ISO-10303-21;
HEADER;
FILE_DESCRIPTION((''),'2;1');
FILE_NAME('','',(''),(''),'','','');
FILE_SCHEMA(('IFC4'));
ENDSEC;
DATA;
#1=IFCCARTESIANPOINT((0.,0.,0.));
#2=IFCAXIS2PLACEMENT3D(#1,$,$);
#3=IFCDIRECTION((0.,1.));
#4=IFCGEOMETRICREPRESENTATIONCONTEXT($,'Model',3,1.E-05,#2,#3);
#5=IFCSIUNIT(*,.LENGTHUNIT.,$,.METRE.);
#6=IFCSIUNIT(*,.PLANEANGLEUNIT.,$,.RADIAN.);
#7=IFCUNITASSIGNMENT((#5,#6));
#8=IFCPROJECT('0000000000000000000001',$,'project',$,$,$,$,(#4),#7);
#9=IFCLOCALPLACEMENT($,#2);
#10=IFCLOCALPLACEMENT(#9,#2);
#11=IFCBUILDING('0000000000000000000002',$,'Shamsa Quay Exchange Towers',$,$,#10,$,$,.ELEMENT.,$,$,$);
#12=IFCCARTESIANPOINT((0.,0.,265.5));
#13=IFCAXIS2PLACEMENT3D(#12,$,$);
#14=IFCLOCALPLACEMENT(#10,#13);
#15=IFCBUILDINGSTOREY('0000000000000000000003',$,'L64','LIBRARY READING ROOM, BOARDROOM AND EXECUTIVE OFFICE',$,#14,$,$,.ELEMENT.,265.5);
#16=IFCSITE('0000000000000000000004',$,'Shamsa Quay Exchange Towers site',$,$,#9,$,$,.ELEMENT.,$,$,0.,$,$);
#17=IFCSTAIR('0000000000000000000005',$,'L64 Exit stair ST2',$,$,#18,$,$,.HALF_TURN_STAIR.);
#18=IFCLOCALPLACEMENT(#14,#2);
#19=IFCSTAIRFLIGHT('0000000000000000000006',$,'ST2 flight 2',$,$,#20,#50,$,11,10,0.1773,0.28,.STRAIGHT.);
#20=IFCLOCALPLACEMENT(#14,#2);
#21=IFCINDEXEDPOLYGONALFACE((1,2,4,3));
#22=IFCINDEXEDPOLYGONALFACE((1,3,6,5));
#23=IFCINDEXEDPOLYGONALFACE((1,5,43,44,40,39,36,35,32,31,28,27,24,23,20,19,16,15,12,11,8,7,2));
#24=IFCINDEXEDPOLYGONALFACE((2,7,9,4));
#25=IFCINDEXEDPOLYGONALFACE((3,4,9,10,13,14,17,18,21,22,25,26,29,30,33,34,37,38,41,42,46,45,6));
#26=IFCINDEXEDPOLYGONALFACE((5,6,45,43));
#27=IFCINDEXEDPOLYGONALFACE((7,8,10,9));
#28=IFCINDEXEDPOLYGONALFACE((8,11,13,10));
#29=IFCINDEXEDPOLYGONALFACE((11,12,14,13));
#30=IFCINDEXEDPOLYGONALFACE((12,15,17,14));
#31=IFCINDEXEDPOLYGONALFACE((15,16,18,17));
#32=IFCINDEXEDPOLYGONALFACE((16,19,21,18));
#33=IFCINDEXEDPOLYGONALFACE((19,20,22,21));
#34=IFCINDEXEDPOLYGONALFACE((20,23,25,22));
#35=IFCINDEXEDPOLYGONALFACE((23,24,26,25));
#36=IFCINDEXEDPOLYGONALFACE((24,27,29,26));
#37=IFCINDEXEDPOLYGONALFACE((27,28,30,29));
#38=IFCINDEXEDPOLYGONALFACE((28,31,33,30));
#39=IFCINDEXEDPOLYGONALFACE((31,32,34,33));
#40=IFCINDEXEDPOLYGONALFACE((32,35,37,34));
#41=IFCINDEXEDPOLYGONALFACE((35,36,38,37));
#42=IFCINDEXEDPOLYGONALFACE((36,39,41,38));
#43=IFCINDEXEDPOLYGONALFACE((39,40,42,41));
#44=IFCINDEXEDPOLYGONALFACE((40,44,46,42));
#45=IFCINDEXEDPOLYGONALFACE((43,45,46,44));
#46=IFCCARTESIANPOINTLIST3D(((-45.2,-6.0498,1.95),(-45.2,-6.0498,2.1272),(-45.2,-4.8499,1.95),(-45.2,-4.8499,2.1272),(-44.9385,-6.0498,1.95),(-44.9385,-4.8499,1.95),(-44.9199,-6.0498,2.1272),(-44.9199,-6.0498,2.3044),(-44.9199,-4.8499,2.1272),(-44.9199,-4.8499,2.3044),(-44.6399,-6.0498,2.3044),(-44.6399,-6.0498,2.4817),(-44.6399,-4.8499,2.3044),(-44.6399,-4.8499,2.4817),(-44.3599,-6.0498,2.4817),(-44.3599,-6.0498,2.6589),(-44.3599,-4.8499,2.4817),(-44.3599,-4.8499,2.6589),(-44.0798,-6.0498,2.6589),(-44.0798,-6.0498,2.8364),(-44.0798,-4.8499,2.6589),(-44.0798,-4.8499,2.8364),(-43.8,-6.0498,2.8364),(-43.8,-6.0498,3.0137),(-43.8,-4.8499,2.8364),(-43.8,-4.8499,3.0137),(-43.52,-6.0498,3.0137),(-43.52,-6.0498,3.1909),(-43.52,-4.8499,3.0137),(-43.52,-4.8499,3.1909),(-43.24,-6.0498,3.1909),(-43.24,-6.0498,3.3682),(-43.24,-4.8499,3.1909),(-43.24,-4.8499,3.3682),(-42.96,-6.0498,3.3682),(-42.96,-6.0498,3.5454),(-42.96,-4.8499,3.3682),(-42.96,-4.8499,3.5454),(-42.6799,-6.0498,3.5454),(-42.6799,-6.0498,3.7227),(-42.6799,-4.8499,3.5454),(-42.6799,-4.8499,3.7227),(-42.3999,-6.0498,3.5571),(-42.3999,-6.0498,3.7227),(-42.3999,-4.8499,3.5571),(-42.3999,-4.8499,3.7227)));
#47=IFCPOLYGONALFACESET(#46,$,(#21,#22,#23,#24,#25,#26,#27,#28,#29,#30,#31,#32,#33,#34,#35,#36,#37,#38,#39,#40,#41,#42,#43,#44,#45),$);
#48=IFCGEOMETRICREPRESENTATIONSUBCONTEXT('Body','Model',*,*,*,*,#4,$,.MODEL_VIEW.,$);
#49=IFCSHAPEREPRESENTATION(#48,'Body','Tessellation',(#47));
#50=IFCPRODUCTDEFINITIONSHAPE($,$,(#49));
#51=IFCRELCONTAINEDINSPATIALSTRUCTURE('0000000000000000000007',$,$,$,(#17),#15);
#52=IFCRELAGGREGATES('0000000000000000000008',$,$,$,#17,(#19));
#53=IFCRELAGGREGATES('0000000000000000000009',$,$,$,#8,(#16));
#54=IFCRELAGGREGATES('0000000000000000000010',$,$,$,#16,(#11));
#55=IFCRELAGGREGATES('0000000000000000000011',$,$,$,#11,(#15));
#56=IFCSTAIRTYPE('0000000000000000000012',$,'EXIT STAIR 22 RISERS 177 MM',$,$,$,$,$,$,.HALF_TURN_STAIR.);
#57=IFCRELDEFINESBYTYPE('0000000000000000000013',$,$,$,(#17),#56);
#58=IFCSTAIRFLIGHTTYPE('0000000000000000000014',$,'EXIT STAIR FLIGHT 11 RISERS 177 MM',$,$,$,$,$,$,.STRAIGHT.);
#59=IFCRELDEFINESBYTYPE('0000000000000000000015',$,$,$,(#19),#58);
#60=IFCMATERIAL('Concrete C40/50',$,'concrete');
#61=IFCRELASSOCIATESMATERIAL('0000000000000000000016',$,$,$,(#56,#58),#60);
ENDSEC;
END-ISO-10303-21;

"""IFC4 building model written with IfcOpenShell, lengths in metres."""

from ifc_helpers import new_model, si_unit, direction, frame, origin, place, context, subcontext, project, spatial, polyline, outline, extrude, material, type_object, element, aggregate, save


model = new_model("IFC4")

# Units and contexts
model_context = context("Model", 3, precision=1e-05, world=origin(), true_north=direction((0.0, 1.0)))
body_context = subcontext(model_context, "Body", "Model", "MODEL_VIEW")
ifc_project = project(units=[si_unit("LENGTHUNIT", "METRE"), si_unit("PLANEANGLEUNIT", "RADIAN")], contexts=[model_context])

# Site, building, storey
site_placement = place(None, origin())
site = spatial("IfcSite", under=ifc_project, at=site_placement, Name="Shamsa Quay Exchange Towers site", CompositionType="ELEMENT", RefElevation=0.0)
building_placement = place(site_placement, origin())
building = spatial("IfcBuilding", under=site, at=building_placement, Name="Shamsa Quay Exchange Towers", CompositionType="ELEMENT")
storey_placement = place(building_placement, frame((0.0, 0.0, 265.5)))
storey = spatial("IfcBuildingStorey", under=building, at=storey_placement, Name="L64", Description="LIBRARY READING ROOM, BOARDROOM AND EXECUTIVE OFFICE", CompositionType="ELEMENT", Elevation=265.5)

# Stair, stair flight
ifc_material_1 = material(Name="Concrete C40/50", Category="concrete")
stair_type = type_object("IfcStairType", Name="EXIT STAIR 22 RISERS 177 MM", PredefinedType="HALF_TURN_STAIR", material=ifc_material_1)
stair_placement = place(storey_placement, origin())
stair = element("IfcStair", 1, at=stair_placement, inside=storey, type_object=stair_type, Name="L64 Exit stair ST2", PredefinedType="HALF_TURN_STAIR")
stair_flight_type = type_object("IfcStairFlightType", Name="EXIT STAIR FLIGHT 11 RISERS 177 MM", PredefinedType="STRAIGHT", material=ifc_material_1)
stair_flight_1_placement = place(storey_placement, frame((-45.2, -5.45, 1.95)))
stair_flight_1 = element("IfcStairFlight", 2, at=stair_flight_1_placement, type_object=stair_flight_type, Name="ST2 flight 2", NumberOfRisers=11, NumberOfTreads=10, PredefinedType="STRAIGHT", RiserHeight=0.1773, TreadLength=0.28, context=body_context, shape_type="SweptSolid", body=[
    extrude(outline(polyline([(0.0, 0.0), (0.0, 0.1772), (0.28, 0.1772), (0.28, 0.3545), (0.5601, 0.3545), (0.5601, 0.5317), (0.8401, 0.5317), (0.8401, 0.709), (1.1201, 0.709), (1.1201, 0.8865), (1.3999, 0.8865), (1.3999, 1.0637), (1.6799, 1.0637), (1.6799, 1.241), (1.96, 1.241), (1.96, 1.4182), (2.24, 1.4182), (2.24, 1.5955), (2.52, 1.5955), (2.52, 1.7727), (2.8, 1.7727), (2.8, 1.95), (2.8, 1.6072), (0.2615, 0.0), (0.0, 0.0)])), frame((0.0, 0.6001, 0.0), z_axis=(0.0, -1.0, 0.0), x_axis=(1.0, 0.0, 0.0)), (0.0, 0.0, 1.0), 1.2),
])
aggregate(stair, [stair_flight_1])

save(model, "model.ifc")
